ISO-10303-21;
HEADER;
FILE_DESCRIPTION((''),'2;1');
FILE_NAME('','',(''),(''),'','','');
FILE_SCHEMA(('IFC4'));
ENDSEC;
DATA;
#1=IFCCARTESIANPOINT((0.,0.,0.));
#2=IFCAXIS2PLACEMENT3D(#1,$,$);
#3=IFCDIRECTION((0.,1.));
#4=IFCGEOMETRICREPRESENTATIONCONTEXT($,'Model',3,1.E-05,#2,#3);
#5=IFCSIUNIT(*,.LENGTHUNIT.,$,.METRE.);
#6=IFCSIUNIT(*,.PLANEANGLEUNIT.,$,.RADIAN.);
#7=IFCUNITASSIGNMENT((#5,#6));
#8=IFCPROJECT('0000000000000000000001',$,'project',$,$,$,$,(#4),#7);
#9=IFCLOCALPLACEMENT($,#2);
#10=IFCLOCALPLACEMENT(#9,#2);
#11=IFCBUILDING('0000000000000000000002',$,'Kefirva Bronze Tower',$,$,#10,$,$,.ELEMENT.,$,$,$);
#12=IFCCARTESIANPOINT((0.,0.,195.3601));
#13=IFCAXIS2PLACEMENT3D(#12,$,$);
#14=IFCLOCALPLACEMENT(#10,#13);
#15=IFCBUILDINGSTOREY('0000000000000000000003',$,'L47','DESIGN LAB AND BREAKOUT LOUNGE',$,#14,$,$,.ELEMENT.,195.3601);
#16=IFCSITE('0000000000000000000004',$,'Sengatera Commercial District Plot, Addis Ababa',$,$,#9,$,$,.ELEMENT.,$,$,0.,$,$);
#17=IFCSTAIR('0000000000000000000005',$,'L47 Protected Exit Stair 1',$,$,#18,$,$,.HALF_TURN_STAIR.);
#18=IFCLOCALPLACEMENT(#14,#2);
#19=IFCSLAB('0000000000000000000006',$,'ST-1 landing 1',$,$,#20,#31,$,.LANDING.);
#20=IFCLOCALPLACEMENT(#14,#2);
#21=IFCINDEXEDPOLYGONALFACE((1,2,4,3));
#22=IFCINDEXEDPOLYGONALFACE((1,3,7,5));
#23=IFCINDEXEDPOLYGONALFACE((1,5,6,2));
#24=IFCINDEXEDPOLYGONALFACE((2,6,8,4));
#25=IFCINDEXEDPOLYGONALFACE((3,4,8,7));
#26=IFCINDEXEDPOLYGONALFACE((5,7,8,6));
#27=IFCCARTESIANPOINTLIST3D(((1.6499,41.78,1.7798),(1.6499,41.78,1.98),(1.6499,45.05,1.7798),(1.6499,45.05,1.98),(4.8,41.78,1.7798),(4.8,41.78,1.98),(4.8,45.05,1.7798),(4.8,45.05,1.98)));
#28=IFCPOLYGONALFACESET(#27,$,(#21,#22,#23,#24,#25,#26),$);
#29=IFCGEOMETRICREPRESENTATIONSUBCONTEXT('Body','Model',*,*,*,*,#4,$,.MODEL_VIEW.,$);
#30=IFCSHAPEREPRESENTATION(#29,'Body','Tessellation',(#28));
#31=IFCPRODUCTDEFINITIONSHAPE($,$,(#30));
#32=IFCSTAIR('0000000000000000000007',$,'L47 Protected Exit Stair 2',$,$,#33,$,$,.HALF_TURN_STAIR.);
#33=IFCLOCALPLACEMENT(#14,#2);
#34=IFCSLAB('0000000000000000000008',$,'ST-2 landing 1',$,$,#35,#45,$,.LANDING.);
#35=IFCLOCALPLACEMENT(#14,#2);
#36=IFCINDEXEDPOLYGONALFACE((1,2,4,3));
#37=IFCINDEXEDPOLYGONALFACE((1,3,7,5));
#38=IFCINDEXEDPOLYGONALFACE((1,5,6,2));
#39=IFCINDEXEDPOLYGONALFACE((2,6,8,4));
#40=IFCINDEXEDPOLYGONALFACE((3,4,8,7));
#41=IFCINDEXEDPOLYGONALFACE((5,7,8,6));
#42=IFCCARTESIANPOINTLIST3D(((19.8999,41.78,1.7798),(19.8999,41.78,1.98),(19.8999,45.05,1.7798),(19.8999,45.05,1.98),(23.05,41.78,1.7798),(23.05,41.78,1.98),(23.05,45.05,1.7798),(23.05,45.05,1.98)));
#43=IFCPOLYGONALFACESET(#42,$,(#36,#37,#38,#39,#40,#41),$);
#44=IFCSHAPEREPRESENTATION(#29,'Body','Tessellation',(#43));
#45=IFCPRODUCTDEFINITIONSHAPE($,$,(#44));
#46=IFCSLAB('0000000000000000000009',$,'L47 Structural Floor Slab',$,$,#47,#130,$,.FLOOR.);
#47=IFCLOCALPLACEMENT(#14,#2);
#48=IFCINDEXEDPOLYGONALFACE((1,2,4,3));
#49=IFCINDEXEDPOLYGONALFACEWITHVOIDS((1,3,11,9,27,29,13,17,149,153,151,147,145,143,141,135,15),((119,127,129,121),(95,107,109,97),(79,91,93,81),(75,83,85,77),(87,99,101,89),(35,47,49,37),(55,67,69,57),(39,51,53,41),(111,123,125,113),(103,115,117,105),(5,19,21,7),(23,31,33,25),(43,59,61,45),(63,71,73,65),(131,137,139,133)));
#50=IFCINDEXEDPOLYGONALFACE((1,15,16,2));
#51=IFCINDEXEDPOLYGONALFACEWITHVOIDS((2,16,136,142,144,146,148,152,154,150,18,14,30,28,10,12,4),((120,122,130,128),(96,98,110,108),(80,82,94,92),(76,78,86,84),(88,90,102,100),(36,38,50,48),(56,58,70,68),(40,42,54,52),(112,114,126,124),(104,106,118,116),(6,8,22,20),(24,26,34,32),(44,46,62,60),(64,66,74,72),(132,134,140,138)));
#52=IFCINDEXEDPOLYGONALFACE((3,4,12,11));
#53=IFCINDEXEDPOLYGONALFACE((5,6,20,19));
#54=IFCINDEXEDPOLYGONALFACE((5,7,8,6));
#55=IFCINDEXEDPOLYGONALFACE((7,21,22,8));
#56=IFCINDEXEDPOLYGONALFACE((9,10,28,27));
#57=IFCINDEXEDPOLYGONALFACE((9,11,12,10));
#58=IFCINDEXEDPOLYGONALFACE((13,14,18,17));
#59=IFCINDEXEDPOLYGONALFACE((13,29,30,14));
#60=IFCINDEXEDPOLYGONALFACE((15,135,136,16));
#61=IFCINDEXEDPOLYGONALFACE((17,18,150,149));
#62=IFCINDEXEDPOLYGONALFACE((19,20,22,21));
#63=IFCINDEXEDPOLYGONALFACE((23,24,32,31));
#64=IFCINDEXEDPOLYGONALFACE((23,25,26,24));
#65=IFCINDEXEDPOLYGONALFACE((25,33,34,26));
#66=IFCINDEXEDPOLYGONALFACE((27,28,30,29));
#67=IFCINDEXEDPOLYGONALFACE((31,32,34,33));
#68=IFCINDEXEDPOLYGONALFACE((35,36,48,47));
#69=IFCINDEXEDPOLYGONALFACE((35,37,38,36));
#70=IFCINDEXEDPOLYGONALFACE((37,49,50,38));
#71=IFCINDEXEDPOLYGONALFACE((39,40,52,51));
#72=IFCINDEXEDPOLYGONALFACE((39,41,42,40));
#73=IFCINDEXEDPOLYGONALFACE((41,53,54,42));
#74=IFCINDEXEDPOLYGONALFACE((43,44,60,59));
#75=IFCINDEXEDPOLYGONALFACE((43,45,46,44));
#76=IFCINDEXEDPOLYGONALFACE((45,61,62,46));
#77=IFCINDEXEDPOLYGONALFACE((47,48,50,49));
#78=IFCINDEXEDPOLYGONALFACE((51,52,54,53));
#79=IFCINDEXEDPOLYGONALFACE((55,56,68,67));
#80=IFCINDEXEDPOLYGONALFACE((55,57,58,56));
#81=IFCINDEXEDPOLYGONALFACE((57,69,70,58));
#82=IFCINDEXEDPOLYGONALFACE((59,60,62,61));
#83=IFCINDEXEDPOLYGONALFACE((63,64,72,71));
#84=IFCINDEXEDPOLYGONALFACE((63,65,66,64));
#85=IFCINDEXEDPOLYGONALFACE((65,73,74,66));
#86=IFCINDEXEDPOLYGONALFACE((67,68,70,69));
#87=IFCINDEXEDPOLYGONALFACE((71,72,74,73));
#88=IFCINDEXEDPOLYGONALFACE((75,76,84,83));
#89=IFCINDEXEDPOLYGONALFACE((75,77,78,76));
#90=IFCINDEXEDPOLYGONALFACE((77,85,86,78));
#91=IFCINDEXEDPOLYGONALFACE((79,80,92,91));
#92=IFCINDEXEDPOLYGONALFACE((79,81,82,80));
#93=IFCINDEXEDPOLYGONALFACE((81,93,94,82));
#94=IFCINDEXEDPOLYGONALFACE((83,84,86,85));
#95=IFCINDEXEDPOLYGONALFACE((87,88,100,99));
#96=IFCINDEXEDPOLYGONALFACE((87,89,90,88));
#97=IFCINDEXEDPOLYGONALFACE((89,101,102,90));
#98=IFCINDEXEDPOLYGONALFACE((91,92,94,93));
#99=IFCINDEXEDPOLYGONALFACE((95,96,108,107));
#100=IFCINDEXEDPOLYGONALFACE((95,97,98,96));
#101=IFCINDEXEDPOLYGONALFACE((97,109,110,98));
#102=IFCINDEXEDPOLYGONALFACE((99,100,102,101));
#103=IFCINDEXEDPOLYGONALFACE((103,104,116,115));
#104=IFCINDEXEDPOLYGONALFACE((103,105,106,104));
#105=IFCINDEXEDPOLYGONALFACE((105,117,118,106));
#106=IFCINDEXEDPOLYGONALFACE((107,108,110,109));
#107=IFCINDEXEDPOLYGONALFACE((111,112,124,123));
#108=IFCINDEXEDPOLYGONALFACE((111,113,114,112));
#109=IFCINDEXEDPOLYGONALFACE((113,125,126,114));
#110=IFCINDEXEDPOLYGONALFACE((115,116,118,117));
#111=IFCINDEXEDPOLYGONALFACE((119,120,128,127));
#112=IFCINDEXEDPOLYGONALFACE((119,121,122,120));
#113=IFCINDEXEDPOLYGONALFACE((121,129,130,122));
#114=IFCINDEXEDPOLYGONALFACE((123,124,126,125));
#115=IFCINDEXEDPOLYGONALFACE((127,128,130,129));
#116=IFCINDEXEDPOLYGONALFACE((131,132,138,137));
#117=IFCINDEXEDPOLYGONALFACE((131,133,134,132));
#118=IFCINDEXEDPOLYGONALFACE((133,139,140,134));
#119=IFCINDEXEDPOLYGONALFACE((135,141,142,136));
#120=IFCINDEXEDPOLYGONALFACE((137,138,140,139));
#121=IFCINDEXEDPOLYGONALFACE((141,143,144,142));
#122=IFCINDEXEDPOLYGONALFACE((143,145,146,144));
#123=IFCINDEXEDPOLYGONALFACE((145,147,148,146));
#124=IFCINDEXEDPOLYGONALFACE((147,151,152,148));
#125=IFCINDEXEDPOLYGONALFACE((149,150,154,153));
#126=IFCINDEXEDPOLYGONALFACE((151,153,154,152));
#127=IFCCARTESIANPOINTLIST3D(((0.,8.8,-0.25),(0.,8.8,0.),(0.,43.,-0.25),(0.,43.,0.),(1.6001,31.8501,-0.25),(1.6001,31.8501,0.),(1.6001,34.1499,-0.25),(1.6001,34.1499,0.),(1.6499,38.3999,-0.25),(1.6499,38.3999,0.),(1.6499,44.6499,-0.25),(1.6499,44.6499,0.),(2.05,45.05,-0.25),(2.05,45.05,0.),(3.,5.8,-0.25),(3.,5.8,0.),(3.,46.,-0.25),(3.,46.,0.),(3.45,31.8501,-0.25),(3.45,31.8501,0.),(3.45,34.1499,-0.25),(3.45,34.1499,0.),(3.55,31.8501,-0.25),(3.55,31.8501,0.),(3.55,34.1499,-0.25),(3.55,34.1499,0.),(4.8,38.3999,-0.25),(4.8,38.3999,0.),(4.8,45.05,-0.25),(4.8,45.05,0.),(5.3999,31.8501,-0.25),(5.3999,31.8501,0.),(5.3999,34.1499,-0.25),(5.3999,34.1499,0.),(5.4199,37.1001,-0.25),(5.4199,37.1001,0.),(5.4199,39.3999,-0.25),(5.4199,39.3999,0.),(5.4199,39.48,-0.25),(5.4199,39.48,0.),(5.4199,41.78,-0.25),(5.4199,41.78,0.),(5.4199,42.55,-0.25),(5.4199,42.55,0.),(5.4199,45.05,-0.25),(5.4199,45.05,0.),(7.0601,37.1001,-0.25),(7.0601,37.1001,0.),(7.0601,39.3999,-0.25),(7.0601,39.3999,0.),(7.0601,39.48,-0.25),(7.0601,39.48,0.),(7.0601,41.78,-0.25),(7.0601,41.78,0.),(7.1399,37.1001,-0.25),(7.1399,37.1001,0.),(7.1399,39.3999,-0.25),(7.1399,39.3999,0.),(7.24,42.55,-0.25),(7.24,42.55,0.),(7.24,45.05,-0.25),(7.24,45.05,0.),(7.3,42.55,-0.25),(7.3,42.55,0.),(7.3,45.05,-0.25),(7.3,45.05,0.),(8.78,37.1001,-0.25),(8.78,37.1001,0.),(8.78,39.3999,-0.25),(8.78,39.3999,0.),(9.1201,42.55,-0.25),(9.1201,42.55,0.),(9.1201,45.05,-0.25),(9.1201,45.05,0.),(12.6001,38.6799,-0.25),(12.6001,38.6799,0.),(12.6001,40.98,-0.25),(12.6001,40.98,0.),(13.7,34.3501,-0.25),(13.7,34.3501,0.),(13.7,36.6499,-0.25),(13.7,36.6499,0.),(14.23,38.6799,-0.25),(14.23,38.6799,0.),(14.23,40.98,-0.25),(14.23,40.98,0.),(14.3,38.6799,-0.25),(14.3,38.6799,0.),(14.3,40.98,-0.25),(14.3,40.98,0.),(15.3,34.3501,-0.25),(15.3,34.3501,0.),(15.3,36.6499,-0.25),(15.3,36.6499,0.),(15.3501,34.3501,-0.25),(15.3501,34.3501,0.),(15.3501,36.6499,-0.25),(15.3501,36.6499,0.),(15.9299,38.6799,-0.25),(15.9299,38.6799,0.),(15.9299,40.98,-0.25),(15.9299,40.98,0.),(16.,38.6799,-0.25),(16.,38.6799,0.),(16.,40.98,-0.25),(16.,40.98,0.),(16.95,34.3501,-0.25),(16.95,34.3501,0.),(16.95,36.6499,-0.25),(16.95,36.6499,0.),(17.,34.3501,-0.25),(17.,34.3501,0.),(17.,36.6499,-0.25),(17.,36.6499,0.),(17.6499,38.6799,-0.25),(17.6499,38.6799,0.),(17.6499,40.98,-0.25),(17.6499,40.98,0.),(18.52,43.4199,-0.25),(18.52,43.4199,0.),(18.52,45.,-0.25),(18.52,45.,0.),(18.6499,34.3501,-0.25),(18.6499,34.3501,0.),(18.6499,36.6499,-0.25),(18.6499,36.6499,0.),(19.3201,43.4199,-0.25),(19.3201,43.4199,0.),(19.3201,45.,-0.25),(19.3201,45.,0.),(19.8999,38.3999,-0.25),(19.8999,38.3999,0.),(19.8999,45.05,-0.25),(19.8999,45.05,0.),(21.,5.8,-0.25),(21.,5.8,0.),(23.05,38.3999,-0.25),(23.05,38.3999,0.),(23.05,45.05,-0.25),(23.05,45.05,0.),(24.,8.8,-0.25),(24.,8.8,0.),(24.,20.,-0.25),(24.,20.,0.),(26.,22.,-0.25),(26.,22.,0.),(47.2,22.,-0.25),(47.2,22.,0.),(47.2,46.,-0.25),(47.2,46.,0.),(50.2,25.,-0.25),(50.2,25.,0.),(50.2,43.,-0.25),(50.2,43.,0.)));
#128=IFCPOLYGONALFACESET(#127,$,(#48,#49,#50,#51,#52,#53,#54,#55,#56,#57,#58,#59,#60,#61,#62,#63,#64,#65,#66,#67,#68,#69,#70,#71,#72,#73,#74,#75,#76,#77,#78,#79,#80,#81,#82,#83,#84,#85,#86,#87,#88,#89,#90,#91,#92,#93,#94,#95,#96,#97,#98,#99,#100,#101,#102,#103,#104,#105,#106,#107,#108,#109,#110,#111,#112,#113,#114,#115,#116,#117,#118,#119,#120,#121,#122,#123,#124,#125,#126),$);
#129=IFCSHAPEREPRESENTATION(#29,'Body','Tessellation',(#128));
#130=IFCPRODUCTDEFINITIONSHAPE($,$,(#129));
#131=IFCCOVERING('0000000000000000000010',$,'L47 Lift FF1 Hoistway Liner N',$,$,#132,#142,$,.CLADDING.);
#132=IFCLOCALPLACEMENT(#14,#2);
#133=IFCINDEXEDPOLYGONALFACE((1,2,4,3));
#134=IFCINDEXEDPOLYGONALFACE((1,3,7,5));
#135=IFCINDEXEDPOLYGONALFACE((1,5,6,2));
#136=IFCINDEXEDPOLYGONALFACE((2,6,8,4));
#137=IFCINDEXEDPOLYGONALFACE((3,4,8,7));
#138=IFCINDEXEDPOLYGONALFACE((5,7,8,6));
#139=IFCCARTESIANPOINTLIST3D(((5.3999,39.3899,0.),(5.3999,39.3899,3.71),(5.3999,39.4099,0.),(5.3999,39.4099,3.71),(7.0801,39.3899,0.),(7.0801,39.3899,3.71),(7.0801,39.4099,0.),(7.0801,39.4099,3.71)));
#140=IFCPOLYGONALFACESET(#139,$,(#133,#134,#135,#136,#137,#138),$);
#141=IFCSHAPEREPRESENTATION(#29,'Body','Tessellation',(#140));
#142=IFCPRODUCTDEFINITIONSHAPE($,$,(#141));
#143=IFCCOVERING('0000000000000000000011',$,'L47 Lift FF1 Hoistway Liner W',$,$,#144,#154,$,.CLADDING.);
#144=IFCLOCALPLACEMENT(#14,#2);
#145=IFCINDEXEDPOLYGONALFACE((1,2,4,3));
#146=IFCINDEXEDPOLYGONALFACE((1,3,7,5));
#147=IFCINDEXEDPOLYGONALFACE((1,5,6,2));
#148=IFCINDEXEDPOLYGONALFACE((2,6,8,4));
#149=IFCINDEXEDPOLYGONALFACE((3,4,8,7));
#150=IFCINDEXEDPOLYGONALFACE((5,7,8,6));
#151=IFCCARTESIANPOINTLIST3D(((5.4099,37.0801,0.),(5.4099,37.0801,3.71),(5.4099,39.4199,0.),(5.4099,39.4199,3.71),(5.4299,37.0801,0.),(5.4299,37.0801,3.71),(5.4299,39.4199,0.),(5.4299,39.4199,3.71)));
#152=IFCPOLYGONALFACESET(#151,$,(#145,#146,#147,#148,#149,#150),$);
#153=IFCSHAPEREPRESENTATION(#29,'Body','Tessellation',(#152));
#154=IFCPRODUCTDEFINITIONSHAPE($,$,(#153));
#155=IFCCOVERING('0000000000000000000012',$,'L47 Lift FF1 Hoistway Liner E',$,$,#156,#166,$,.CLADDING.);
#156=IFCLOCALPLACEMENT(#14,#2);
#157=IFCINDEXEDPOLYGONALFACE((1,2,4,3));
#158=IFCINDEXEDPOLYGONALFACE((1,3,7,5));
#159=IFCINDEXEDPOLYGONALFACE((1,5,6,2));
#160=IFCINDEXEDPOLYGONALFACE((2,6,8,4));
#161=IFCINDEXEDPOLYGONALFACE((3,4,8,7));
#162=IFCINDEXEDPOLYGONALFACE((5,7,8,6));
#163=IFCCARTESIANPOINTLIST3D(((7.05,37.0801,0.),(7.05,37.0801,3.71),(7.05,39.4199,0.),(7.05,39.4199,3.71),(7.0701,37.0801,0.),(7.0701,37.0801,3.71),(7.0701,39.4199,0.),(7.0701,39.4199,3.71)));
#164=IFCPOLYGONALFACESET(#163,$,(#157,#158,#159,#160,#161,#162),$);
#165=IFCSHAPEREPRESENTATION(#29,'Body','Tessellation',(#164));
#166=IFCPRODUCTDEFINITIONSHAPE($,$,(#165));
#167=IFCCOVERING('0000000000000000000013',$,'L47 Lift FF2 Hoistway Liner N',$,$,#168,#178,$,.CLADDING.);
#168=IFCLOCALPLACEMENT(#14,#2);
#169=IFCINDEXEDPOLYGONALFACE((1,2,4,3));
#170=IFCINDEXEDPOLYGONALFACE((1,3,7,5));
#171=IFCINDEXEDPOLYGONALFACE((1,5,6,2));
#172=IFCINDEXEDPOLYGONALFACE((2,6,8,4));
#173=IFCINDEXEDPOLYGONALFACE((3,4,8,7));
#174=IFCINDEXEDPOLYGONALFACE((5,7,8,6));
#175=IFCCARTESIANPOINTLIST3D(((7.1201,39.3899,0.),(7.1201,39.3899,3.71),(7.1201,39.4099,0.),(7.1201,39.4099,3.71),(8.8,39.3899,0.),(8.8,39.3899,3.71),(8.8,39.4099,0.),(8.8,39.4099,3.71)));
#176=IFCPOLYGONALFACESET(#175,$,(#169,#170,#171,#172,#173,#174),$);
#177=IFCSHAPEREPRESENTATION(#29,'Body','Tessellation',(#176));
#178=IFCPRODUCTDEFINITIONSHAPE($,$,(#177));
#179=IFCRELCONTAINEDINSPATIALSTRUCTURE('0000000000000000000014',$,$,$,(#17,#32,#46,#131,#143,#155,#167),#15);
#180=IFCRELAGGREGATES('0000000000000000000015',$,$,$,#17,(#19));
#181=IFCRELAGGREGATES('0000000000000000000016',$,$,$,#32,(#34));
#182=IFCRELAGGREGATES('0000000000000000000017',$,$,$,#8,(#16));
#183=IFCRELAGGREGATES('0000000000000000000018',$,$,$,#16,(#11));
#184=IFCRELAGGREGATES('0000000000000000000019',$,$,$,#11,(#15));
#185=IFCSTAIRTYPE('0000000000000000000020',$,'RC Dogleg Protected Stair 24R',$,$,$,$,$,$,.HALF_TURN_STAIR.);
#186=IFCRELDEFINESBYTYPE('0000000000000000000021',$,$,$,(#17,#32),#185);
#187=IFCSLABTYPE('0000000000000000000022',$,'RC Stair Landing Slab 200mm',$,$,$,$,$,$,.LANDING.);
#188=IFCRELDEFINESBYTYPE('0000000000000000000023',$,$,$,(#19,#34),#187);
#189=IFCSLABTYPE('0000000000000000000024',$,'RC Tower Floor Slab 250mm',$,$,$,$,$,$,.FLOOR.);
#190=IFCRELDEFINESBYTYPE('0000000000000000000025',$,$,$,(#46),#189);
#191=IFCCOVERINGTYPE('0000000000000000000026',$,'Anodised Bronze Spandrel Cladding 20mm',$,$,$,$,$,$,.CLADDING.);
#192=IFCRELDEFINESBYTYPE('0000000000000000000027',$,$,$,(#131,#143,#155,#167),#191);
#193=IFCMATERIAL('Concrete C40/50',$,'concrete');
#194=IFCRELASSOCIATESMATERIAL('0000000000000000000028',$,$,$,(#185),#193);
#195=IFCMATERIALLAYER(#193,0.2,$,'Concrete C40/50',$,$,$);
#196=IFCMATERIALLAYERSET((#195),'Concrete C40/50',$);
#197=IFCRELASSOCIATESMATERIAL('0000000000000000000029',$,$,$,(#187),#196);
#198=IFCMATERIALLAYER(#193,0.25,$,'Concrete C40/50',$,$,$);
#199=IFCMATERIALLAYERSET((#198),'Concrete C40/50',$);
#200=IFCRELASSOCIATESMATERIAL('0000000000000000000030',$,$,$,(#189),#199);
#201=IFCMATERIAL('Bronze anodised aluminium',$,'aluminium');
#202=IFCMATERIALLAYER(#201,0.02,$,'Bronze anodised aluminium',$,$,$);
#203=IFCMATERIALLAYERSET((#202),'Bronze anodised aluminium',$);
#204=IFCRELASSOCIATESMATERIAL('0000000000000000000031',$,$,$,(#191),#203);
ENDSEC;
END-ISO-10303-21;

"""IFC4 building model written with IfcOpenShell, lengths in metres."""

from ifc_helpers import new_model, si_unit, direction, frame, origin, place, context, subcontext, project, spatial, polyline, outline, extrude, material, layer, layer_set, type_object, element, aggregate, save


model = new_model("IFC4")

# Units and contexts
model_context = context("Model", 3, precision=1e-05, world=origin(), true_north=direction((0.0, 1.0)))
body_context = subcontext(model_context, "Body", "Model", "MODEL_VIEW")
ifc_project = project(units=[si_unit("LENGTHUNIT", "METRE"), si_unit("PLANEANGLEUNIT", "RADIAN")], contexts=[model_context])

# Site, building, storey
site_placement = place(None, origin())
site = spatial("IfcSite", under=ifc_project, at=site_placement, Name="Sengatera Commercial District Plot, Addis Ababa", CompositionType="ELEMENT", RefElevation=0.0)
building_placement = place(site_placement, origin())
building = spatial("IfcBuilding", under=site, at=building_placement, Name="Kefirva Bronze Tower", CompositionType="ELEMENT")
storey_placement = place(building_placement, frame((0.0, 0.0, 195.3601)))
storey = spatial("IfcBuildingStorey", under=building, at=storey_placement, Name="L47", Description="DESIGN LAB AND BREAKOUT LOUNGE", CompositionType="ELEMENT", Elevation=195.3601)

# Stairs, slabs
ifc_material_1 = material(Name="Concrete C40/50", Category="concrete")
stair_type = type_object("IfcStairType", Name="RC Dogleg Protected Stair 24R", PredefinedType="HALF_TURN_STAIR", material=ifc_material_1)
stair_1_placement = place(storey_placement, origin())
stair_1 = element("IfcStair", 1, at=stair_1_placement, inside=storey, type_object=stair_type, Name="L47 Protected Exit Stair 1", PredefinedType="HALF_TURN_STAIR")
ifc_layer_1 = layer(ifc_material_1, 0.2, Name="Concrete C40/50")
ifc_layer_set_1 = layer_set([ifc_layer_1], Name="Concrete C40/50")
slab_type_1 = type_object("IfcSlabType", Name="RC Stair Landing Slab 200mm", PredefinedType="LANDING", material=ifc_layer_set_1)
slab_1_placement = place(storey_placement, frame((0.0, 0.0, 1.7798)))
slab_1 = element("IfcSlab", 2, at=slab_1_placement, type_object=slab_type_1, Name="ST-1 landing 1", PredefinedType="LANDING", context=body_context, shape_type="SweptSolid", body=[
    extrude(outline(polyline([(4.8, 41.78), (4.8, 45.05), (1.6499, 45.05), (1.6499, 41.78), (4.8, 41.78)])), origin(), (0.0, 0.0, 1.0), 0.2002),
])
aggregate(stair_1, [slab_1])
stair_2_placement = place(storey_placement, origin())
stair_2 = element("IfcStair", 3, at=stair_2_placement, inside=storey, type_object=stair_type, Name="L47 Protected Exit Stair 2", PredefinedType="HALF_TURN_STAIR")
slab_2_placement = place(storey_placement, frame((0.0, 0.0, 1.7798)))
slab_2 = element("IfcSlab", 4, at=slab_2_placement, type_object=slab_type_1, Name="ST-2 landing 1", PredefinedType="LANDING", context=body_context, shape_type="SweptSolid", body=[
    extrude(outline(polyline([(23.05, 41.78), (23.05, 45.05), (19.8999, 45.05), (19.8999, 41.78), (23.05, 41.78)])), origin(), (0.0, 0.0, 1.0), 0.2002),
])
aggregate(stair_2, [slab_2])

# Slab
ifc_layer_2 = layer(ifc_material_1, 0.25, Name="Concrete C40/50")
ifc_layer_set_2 = layer_set([ifc_layer_2], Name="Concrete C40/50")
slab_type_2 = type_object("IfcSlabType", Name="RC Tower Floor Slab 250mm", PredefinedType="FLOOR", material=ifc_layer_set_2)
slab_3_placement = place(storey_placement, frame((0.0, 0.0, -0.25)))
element("IfcSlab", 5, at=slab_3_placement, inside=storey, type_object=slab_type_2, Name="L47 Structural Floor Slab", PredefinedType="FLOOR", context=body_context, shape_type="SweptSolid", body=[
    extrude(outline(polyline([(0.0, 8.8), (0.0, 43.0), (1.6499, 44.6499), (1.6499, 38.3999), (4.8, 38.3999), (4.8, 45.05), (2.05, 45.05), (3.0, 46.0), (47.2, 46.0), (50.2, 43.0), (50.2, 25.0), (47.2, 22.0), (26.0, 22.0), (24.0, 20.0), (24.0, 8.8), (21.0, 5.8), (3.0, 5.8), (0.0, 8.8)]), holes=[polyline([(23.05, 38.3999), (23.05, 45.05), (19.8999, 45.05), (19.8999, 38.3999), (23.05, 38.3999)]), polyline([(19.3201, 43.4199), (19.3201, 45.0), (18.52, 45.0), (18.52, 43.4199), (19.3201, 43.4199)]), polyline([(18.6499, 34.3501), (18.6499, 36.6499), (17.0, 36.6499), (17.0, 34.3501), (18.6499, 34.3501)]), polyline([(17.6499, 38.6799), (17.6499, 40.98), (16.0, 40.98), (16.0, 38.6799), (17.6499, 38.6799)]), polyline([(16.95, 34.3501), (16.95, 36.6499), (15.3501, 36.6499), (15.3501, 34.3501), (16.95, 34.3501)]), polyline([(15.9299, 38.6799), (15.9299, 40.98), (14.3, 40.98), (14.3, 38.6799), (15.9299, 38.6799)]), polyline([(15.3, 34.3501), (15.3, 36.6499), (13.7, 36.6499), (13.7, 34.3501), (15.3, 34.3501)]), polyline([(14.23, 38.6799), (14.23, 40.98), (12.6001, 40.98), (12.6001, 38.6799), (14.23, 38.6799)]), polyline([(9.1201, 42.55), (9.1201, 45.05), (7.3, 45.05), (7.3, 42.55), (9.1201, 42.55)]), polyline([(8.78, 37.1001), (8.78, 39.3999), (7.1399, 39.3999), (7.1399, 37.1001), (8.78, 37.1001)]), polyline([(7.24, 42.55), (7.24, 45.05), (5.4199, 45.05), (5.4199, 42.55), (7.24, 42.55)]), polyline([(7.0601, 37.1001), (7.0601, 39.3999), (5.4199, 39.3999), (5.4199, 37.1001), (7.0601, 37.1001)]), polyline([(7.0601, 39.48), (7.0601, 41.78), (5.4199, 41.78), (5.4199, 39.48), (7.0601, 39.48)]), polyline([(5.3999, 31.8501), (5.3999, 34.1499), (3.55, 34.1499), (3.55, 31.8501), (5.3999, 31.8501)]), polyline([(3.45, 31.8501), (3.45, 34.1499), (1.6001, 34.1499), (1.6001, 31.8501), (3.45, 31.8501)])]), origin(), (0.0, 0.0, 1.0), 0.25),
])

# Coverings
ifc_material_2 = material(Name="Bronze anodised aluminium", Category="aluminium")
ifc_layer_3 = layer(ifc_material_2, 0.02, Name="Bronze anodised aluminium")
ifc_layer_set_3 = layer_set([ifc_layer_3], Name="Bronze anodised aluminium")
covering_type = type_object("IfcCoveringType", Name="Anodised Bronze Spandrel Cladding 20mm", PredefinedType="CLADDING", material=ifc_layer_set_3)
covering_1_placement = place(storey_placement, origin())
element("IfcCovering", 6, at=covering_1_placement, inside=storey, type_object=covering_type, Name="L47 Lift FF1 Hoistway Liner N", PredefinedType="CLADDING", context=body_context, shape_type="SweptSolid", body=[
    extrude(outline(polyline([(5.3999, 39.3899), (7.0801, 39.3899), (7.0801, 39.4099), (5.3999, 39.4099), (5.3999, 39.3899)])), origin(), (0.0, 0.0, 1.0), 3.71),
])
covering_2_placement = place(storey_placement, origin())
element("IfcCovering", 7, at=covering_2_placement, inside=storey, type_object=covering_type, Name="L47 Lift FF1 Hoistway Liner W", PredefinedType="CLADDING", context=body_context, shape_type="SweptSolid", body=[
    extrude(outline(polyline([(5.4099, 37.0801), (5.4299, 37.0801), (5.4299, 39.4199), (5.4099, 39.4199), (5.4099, 37.0801)])), origin(), (0.0, 0.0, 1.0), 3.71),
])
covering_3_placement = place(storey_placement, origin())
element("IfcCovering", 8, at=covering_3_placement, inside=storey, type_object=covering_type, Name="L47 Lift FF1 Hoistway Liner E", PredefinedType="CLADDING", context=body_context, shape_type="SweptSolid", body=[
    extrude(outline(polyline([(7.05, 37.0801), (7.0701, 37.0801), (7.0701, 39.4199), (7.05, 39.4199), (7.05, 37.0801)])), origin(), (0.0, 0.0, 1.0), 3.71),
])
covering_4_placement = place(storey_placement, origin())
element("IfcCovering", 9, at=covering_4_placement, inside=storey, type_object=covering_type, Name="L47 Lift FF2 Hoistway Liner N", PredefinedType="CLADDING", context=body_context, shape_type="SweptSolid", body=[
    extrude(outline(polyline([(7.1201, 39.3899), (8.8, 39.3899), (8.8, 39.4099), (7.1201, 39.4099), (7.1201, 39.3899)])), origin(), (0.0, 0.0, 1.0), 3.71),
])

save(model, "model.ifc")
